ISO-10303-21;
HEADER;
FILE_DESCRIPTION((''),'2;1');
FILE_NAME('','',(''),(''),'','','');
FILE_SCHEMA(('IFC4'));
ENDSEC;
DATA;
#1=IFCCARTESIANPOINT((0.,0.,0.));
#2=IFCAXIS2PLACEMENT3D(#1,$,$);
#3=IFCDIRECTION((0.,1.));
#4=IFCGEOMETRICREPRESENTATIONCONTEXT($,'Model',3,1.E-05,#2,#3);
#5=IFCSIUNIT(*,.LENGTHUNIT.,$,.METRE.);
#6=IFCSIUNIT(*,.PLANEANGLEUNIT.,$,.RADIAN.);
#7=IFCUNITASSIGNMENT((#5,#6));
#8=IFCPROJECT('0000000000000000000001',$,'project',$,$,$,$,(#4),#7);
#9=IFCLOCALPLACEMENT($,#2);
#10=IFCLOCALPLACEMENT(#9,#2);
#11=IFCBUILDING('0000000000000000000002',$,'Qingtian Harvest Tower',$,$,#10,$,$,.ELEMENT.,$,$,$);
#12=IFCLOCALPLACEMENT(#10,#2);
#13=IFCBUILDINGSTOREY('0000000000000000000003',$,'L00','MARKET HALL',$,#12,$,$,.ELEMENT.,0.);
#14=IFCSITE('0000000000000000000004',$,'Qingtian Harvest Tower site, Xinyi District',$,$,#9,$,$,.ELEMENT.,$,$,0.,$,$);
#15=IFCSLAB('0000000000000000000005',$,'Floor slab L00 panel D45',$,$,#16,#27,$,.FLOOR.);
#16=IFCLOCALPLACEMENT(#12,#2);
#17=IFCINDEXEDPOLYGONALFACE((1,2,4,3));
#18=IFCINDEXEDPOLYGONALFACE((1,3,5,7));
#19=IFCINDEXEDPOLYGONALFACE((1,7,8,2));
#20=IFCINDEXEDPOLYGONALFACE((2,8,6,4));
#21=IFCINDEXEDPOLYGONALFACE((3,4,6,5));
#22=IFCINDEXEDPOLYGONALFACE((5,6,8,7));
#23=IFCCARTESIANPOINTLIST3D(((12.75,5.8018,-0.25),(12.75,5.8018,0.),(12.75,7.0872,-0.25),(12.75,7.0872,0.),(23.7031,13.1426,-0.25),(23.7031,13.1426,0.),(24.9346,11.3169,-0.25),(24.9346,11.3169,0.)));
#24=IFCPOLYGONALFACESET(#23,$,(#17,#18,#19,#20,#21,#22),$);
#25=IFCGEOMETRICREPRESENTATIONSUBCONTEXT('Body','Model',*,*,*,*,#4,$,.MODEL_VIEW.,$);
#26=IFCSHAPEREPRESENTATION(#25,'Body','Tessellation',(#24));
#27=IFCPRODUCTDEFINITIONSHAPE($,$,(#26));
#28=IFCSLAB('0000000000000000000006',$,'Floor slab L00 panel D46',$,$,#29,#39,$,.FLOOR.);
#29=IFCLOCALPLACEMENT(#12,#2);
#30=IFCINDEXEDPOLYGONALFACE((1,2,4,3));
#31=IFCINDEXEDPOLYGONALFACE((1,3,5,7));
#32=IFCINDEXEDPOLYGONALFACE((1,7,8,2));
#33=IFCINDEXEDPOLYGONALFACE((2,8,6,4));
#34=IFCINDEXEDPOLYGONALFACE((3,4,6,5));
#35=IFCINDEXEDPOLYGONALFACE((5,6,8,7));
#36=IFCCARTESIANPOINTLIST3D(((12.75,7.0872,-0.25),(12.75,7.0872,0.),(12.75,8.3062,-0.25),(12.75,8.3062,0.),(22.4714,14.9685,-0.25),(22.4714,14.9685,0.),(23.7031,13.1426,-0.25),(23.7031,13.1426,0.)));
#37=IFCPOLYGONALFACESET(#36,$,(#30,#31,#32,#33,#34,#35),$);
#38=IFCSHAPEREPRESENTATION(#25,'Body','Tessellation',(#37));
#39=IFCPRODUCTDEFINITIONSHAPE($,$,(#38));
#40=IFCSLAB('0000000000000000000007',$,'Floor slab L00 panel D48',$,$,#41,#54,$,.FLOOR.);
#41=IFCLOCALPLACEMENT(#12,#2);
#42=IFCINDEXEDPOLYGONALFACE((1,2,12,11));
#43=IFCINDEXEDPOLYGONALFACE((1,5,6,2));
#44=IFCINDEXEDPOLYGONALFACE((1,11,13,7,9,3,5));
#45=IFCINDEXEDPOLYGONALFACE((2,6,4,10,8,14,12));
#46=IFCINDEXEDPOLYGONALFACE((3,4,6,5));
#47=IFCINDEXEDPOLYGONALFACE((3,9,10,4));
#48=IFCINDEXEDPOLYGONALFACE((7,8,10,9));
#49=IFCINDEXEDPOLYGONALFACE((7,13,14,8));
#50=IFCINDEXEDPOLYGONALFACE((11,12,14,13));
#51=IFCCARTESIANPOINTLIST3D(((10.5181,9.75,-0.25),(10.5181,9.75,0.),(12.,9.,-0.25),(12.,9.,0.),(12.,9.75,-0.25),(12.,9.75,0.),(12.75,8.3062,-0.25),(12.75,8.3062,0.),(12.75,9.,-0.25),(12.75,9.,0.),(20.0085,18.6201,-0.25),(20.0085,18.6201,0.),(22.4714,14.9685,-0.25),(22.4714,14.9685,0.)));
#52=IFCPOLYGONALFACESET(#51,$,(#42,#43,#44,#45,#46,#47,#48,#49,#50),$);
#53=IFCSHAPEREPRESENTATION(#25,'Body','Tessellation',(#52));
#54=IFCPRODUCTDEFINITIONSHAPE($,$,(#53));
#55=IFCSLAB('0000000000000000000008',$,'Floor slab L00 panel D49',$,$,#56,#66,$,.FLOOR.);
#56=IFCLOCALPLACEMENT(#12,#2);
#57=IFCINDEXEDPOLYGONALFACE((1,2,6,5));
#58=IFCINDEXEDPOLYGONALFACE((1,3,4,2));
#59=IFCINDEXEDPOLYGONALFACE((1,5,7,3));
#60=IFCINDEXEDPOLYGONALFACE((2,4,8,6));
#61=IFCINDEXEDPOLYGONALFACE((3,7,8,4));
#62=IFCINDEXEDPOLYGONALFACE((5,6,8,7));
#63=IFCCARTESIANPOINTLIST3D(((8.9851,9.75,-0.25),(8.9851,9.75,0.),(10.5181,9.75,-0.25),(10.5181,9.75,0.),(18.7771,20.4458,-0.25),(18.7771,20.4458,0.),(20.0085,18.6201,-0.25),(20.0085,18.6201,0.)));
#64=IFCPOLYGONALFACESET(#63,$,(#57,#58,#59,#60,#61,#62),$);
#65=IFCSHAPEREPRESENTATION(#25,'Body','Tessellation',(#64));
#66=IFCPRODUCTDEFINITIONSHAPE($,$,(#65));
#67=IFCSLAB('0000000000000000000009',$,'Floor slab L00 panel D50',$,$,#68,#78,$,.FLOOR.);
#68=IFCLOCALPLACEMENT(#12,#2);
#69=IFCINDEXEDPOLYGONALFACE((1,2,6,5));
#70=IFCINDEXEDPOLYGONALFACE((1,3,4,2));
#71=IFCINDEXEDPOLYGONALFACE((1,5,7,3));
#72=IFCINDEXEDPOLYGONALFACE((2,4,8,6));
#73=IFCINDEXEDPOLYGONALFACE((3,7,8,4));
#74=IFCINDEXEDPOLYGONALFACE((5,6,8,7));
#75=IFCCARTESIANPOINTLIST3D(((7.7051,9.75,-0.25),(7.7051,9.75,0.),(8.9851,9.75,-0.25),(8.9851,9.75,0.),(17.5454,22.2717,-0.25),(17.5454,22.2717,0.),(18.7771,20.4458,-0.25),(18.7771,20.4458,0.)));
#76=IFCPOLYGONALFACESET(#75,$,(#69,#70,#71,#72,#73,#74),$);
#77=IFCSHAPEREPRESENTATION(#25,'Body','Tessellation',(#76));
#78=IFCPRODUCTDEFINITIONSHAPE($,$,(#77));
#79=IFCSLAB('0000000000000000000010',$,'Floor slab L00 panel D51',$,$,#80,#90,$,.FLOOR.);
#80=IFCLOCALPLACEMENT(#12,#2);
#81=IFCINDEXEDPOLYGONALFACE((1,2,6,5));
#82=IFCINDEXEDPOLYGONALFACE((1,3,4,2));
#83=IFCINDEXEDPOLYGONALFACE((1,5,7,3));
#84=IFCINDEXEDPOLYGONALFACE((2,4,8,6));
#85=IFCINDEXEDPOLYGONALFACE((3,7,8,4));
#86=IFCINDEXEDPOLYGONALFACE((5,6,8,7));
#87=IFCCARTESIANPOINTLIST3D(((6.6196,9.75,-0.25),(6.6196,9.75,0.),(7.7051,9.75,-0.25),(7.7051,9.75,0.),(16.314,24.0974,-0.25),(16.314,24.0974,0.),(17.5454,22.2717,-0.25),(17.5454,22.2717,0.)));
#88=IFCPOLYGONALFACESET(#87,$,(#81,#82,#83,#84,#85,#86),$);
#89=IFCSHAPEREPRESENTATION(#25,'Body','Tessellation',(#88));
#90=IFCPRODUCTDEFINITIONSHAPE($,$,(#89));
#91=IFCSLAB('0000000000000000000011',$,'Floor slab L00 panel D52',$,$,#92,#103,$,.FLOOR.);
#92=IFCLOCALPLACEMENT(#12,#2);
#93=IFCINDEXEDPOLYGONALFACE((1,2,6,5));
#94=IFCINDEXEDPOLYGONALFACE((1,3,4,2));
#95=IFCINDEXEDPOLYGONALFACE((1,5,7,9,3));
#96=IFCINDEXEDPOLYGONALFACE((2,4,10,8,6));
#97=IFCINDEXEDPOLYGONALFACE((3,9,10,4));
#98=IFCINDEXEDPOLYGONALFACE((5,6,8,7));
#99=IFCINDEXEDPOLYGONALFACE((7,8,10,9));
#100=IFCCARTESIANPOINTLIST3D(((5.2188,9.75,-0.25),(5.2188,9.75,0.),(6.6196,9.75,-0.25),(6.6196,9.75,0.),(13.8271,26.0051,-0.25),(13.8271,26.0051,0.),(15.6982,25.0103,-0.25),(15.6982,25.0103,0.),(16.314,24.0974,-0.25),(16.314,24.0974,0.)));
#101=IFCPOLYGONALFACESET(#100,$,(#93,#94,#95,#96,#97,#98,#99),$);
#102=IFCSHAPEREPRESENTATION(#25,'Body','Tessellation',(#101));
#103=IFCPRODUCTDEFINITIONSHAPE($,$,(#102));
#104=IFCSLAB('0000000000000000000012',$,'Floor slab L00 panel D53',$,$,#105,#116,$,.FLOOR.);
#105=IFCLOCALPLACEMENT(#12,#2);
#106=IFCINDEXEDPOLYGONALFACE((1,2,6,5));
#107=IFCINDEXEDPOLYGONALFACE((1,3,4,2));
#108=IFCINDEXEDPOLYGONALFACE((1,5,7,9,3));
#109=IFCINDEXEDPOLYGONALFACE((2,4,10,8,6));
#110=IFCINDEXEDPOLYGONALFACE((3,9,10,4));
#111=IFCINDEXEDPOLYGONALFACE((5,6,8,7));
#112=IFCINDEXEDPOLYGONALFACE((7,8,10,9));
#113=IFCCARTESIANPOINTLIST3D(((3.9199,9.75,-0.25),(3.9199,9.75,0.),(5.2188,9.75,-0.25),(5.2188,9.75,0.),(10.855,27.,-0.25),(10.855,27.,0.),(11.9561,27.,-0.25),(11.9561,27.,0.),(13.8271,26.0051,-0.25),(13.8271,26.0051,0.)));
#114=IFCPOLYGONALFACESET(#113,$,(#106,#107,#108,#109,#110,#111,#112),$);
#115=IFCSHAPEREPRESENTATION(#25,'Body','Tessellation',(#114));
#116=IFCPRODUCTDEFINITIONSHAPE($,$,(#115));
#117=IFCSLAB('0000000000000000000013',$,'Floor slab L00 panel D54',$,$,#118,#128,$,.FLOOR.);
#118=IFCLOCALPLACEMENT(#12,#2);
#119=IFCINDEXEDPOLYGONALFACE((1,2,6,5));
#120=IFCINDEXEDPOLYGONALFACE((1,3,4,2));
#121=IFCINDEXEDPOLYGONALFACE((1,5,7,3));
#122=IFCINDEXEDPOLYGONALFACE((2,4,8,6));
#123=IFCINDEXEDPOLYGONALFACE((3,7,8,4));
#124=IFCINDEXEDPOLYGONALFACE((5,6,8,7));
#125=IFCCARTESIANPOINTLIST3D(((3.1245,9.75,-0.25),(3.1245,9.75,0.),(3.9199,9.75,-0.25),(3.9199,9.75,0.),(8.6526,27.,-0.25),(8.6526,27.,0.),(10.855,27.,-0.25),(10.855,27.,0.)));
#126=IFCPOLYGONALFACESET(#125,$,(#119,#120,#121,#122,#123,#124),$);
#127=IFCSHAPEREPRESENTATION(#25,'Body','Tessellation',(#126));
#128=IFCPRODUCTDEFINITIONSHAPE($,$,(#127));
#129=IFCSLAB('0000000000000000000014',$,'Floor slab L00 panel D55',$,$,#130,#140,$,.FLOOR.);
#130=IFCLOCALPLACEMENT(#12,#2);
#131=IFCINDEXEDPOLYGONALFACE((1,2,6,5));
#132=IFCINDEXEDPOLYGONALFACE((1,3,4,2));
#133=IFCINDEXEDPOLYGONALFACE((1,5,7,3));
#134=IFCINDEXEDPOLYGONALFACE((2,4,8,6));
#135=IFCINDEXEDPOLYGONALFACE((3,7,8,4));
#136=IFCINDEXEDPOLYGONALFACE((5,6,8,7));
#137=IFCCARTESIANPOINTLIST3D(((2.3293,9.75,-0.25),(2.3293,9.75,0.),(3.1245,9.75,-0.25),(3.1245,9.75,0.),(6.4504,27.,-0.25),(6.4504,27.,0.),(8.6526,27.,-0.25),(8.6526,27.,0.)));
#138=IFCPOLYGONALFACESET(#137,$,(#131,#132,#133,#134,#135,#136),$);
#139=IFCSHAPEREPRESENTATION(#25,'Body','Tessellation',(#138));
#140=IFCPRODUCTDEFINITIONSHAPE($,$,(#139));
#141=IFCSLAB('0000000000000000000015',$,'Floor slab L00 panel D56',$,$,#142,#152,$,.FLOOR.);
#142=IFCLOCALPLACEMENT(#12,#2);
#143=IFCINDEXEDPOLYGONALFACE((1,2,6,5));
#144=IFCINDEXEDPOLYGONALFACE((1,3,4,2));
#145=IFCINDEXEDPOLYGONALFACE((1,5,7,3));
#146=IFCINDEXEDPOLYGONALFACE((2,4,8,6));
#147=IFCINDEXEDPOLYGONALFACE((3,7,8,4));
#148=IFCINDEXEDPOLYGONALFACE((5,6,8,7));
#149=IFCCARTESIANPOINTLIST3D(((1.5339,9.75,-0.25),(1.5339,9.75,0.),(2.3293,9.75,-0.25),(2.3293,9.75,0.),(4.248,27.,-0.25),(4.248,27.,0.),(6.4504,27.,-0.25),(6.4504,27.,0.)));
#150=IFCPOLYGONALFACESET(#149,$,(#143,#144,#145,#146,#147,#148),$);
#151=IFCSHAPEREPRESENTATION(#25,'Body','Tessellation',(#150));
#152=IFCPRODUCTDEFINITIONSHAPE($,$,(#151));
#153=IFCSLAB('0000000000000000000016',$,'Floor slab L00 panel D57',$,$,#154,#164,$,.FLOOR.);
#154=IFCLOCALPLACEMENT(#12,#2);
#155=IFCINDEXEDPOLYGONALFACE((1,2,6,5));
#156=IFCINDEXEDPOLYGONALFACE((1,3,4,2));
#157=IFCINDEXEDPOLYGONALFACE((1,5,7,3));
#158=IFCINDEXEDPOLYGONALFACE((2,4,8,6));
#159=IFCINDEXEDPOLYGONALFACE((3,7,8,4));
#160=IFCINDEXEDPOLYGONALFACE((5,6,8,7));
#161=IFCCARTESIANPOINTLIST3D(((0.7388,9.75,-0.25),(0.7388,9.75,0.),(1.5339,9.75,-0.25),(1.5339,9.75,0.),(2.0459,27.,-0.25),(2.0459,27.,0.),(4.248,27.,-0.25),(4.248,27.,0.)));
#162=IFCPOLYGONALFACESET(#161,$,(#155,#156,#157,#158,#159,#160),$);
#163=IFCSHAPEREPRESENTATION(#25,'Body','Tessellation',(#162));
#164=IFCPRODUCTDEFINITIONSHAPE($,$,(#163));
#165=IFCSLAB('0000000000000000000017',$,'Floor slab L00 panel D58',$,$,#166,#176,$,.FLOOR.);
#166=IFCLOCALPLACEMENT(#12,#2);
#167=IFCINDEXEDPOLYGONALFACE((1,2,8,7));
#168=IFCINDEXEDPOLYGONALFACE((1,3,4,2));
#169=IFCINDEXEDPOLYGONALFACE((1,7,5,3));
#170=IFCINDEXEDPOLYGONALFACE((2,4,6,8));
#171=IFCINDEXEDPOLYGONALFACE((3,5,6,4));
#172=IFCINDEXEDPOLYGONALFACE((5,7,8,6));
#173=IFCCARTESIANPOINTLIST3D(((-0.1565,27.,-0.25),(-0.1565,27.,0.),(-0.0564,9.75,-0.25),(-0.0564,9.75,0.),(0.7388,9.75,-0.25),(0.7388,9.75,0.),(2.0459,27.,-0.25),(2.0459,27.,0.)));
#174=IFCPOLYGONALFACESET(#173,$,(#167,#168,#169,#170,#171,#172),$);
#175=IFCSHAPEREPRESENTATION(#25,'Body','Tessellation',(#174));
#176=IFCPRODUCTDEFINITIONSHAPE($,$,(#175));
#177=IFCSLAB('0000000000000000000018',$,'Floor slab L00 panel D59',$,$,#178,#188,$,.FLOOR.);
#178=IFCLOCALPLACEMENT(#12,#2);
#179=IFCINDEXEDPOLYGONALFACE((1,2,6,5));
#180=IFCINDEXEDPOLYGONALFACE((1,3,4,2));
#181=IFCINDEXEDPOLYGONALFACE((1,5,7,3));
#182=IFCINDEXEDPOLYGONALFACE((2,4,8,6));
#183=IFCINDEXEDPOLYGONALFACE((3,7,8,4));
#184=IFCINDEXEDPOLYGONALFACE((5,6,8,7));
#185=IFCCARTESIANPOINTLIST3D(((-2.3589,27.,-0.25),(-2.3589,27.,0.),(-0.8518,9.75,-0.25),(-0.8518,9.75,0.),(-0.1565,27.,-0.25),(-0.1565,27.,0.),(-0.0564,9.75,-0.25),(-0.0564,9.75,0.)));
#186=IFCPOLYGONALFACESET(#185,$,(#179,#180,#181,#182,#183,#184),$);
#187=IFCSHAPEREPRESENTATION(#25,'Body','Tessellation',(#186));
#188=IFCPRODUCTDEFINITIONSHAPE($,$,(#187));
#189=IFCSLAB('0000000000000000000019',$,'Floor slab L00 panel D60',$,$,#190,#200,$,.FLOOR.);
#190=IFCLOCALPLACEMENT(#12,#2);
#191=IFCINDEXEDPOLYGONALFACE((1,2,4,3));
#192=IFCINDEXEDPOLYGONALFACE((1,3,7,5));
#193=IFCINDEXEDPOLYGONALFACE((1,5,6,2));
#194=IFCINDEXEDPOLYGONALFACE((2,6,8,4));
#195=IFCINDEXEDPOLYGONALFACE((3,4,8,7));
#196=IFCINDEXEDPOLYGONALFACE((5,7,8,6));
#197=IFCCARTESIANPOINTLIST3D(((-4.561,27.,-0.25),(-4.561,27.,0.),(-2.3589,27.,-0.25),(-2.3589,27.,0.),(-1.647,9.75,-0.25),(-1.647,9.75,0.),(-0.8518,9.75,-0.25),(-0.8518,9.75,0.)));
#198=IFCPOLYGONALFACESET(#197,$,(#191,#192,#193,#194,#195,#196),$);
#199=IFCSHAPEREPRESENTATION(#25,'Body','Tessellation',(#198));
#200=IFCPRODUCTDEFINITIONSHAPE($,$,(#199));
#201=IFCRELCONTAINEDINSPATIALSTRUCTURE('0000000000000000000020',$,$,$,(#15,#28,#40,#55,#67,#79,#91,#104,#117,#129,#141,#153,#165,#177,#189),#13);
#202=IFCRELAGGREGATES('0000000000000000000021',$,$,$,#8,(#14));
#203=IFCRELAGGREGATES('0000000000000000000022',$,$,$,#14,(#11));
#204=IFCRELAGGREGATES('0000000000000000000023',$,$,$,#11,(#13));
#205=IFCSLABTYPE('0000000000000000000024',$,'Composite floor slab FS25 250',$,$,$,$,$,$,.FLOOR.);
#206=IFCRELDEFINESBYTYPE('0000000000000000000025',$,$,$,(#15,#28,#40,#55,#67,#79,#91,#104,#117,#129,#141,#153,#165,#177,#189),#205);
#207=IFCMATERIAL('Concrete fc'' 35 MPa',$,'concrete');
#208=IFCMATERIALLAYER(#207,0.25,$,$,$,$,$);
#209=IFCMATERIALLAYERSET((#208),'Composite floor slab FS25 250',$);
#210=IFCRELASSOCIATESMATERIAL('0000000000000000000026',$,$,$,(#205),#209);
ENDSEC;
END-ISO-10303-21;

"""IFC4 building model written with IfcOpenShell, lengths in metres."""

from ifc_helpers import new_model, si_unit, direction, frame, origin, place, context, subcontext, project, spatial, polyline, outline, extrude, material, layer, layer_set, type_object, element, save


model = new_model("IFC4")

# Units and contexts
model_context = context("Model", 3, precision=1e-05, world=origin(), true_north=direction((0.0, 1.0)))
body_context = subcontext(model_context, "Body", "Model", "MODEL_VIEW")
ifc_project = project(units=[si_unit("LENGTHUNIT", "METRE"), si_unit("PLANEANGLEUNIT", "RADIAN")], contexts=[model_context])

# Site, building, storey
site_placement = place(None, origin())
site = spatial("IfcSite", under=ifc_project, at=site_placement, Name="Qingtian Harvest Tower site, Xinyi District", CompositionType="ELEMENT", RefElevation=0.0)
building_placement = place(site_placement, origin())
building = spatial("IfcBuilding", under=site, at=building_placement, Name="Qingtian Harvest Tower", CompositionType="ELEMENT")
storey_placement = place(building_placement, origin())
storey = spatial("IfcBuildingStorey", under=building, at=storey_placement, Name="L00", Description="MARKET HALL", CompositionType="ELEMENT", Elevation=0.0)

# Slabs
ifc_material = material(Name="Concrete fc' 35 MPa", Category="concrete")
ifc_layer = layer(ifc_material, 0.25)
ifc_layer_set = layer_set([ifc_layer], Name="Composite floor slab FS25 250")
slab_type = type_object("IfcSlabType", Name="Composite floor slab FS25 250", PredefinedType="FLOOR", material=ifc_layer_set)
slab_1_placement = place(storey_placement, frame((0.0, 0.0, -0.25)))
element("IfcSlab", 1, at=slab_1_placement, inside=storey, type_object=slab_type, Name="Floor slab L00 panel D45", PredefinedType="FLOOR", context=body_context, shape_type="SweptSolid", body=[
    extrude(outline(polyline([(12.75, 7.0872), (23.7031, 13.1426), (24.9346, 11.3169), (12.75, 5.8018), (12.75, 7.0872)])), origin(), (0.0, 0.0, 1.0), 0.25),
])
slab_2_placement = place(storey_placement, frame((0.0, 0.0, -0.25)))
element("IfcSlab", 2, at=slab_2_placement, inside=storey, type_object=slab_type, Name="Floor slab L00 panel D46", PredefinedType="FLOOR", context=body_context, shape_type="SweptSolid", body=[
    extrude(outline(polyline([(12.75, 8.3062), (22.4714, 14.9685), (23.7031, 13.1426), (12.75, 7.0872), (12.75, 8.3062)])), origin(), (0.0, 0.0, 1.0), 0.25),
])
slab_3_placement = place(storey_placement, frame((0.0, 0.0, -0.25)))
element("IfcSlab", 3, at=slab_3_placement, inside=storey, type_object=slab_type, Name="Floor slab L00 panel D48", PredefinedType="FLOOR", context=body_context, shape_type="SweptSolid", body=[
    extrude(outline(polyline([(20.0085, 18.6201), (22.4714, 14.9685), (12.75, 8.3062), (12.75, 9.0), (12.0, 9.0), (12.0, 9.75), (10.5181, 9.75), (20.0085, 18.6201)])), origin(), (0.0, 0.0, 1.0), 0.25),
])
slab_4_placement = place(storey_placement, frame((0.0, 0.0, -0.25)))
element("IfcSlab", 4, at=slab_4_placement, inside=storey, type_object=slab_type, Name="Floor slab L00 panel D49", PredefinedType="FLOOR", context=body_context, shape_type="SweptSolid", body=[
    extrude(outline(polyline([(8.9851, 9.75), (18.7771, 20.4458), (20.0085, 18.6201), (10.5181, 9.75), (8.9851, 9.75)])), origin(), (0.0, 0.0, 1.0), 0.25),
])
slab_5_placement = place(storey_placement, frame((0.0, 0.0, -0.25)))
element("IfcSlab", 5, at=slab_5_placement, inside=storey, type_object=slab_type, Name="Floor slab L00 panel D50", PredefinedType="FLOOR", context=body_context, shape_type="SweptSolid", body=[
    extrude(outline(polyline([(7.7051, 9.75), (17.5454, 22.2717), (18.7771, 20.4458), (8.9851, 9.75), (7.7051, 9.75)])), origin(), (0.0, 0.0, 1.0), 0.25),
])
slab_6_placement = place(storey_placement, frame((0.0, 0.0, -0.25)))
element("IfcSlab", 6, at=slab_6_placement, inside=storey, type_object=slab_type, Name="Floor slab L00 panel D51", PredefinedType="FLOOR", context=body_context, shape_type="SweptSolid", body=[
    extrude(outline(polyline([(6.6196, 9.75), (16.314, 24.0974), (17.5454, 22.2717), (7.7051, 9.75), (6.6196, 9.75)])), origin(), (0.0, 0.0, 1.0), 0.25),
])
slab_7_placement = place(storey_placement, frame((0.0, 0.0, -0.25)))
element("IfcSlab", 7, at=slab_7_placement, inside=storey, type_object=slab_type, Name="Floor slab L00 panel D52", PredefinedType="FLOOR", context=body_context, shape_type="SweptSolid", body=[
    extrude(outline(polyline([(6.6196, 9.75), (5.2188, 9.75), (13.8271, 26.0051), (15.6982, 25.0103), (16.314, 24.0974), (6.6196, 9.75)])), origin(), (0.0, 0.0, 1.0), 0.25),
])
slab_8_placement = place(storey_placement, frame((0.0, 0.0, -0.25)))
element("IfcSlab", 8, at=slab_8_placement, inside=storey, type_object=slab_type, Name="Floor slab L00 panel D53", PredefinedType="FLOOR", context=body_context, shape_type="SweptSolid", body=[
    extrude(outline(polyline([(3.9199, 9.75), (10.855, 27.0), (11.9561, 27.0), (13.8271, 26.0051), (5.2188, 9.75), (3.9199, 9.75)])), origin(), (0.0, 0.0, 1.0), 0.25),
])
slab_9_placement = place(storey_placement, frame((0.0, 0.0, -0.25)))
element("IfcSlab", 9, at=slab_9_placement, inside=storey, type_object=slab_type, Name="Floor slab L00 panel D54", PredefinedType="FLOOR", context=body_context, shape_type="SweptSolid", body=[
    extrude(outline(polyline([(3.1245, 9.75), (8.6526, 27.0), (10.855, 27.0), (3.9199, 9.75), (3.1245, 9.75)])), origin(), (0.0, 0.0, 1.0), 0.25),
])
slab_10_placement = place(storey_placement, frame((0.0, 0.0, -0.25)))
element("IfcSlab", 10, at=slab_10_placement, inside=storey, type_object=slab_type, Name="Floor slab L00 panel D55", PredefinedType="FLOOR", context=body_context, shape_type="SweptSolid", body=[
    extrude(outline(polyline([(2.3293, 9.75), (6.4504, 27.0), (8.6526, 27.0), (3.1245, 9.75), (2.3293, 9.75)])), origin(), (0.0, 0.0, 1.0), 0.25),
])
slab_11_placement = place(storey_placement, frame((0.0, 0.0, -0.25)))
element("IfcSlab", 11, at=slab_11_placement, inside=storey, type_object=slab_type, Name="Floor slab L00 panel D56", PredefinedType="FLOOR", context=body_context, shape_type="SweptSolid", body=[
    extrude(outline(polyline([(1.5339, 9.75), (4.248, 27.0), (6.4504, 27.0), (2.3293, 9.75), (1.5339, 9.75)])), origin(), (0.0, 0.0, 1.0), 0.25),
])
slab_12_placement = place(storey_placement, frame((0.0, 0.0, -0.25)))
element("IfcSlab", 12, at=slab_12_placement, inside=storey, type_object=slab_type, Name="Floor slab L00 panel D57", PredefinedType="FLOOR", context=body_context, shape_type="SweptSolid", body=[
    extrude(outline(polyline([(0.7388, 9.75), (2.0459, 27.0), (4.248, 27.0), (1.5339, 9.75), (0.7388, 9.75)])), origin(), (0.0, 0.0, 1.0), 0.25),
])
slab_13_placement = place(storey_placement, frame((0.0, 0.0, -0.25)))
element("IfcSlab", 13, at=slab_13_placement, inside=storey, type_object=slab_type, Name="Floor slab L00 panel D58", PredefinedType="FLOOR", context=body_context, shape_type="SweptSolid", body=[
    extrude(outline(polyline([(-0.0564, 9.75), (-0.1565, 27.0), (2.0459, 27.0), (0.7388, 9.75), (-0.0564, 9.75)])), origin(), (0.0, 0.0, 1.0), 0.25),
])
slab_14_placement = place(storey_placement, frame((0.0, 0.0, -0.25)))
element("IfcSlab", 14, at=slab_14_placement, inside=storey, type_object=slab_type, Name="Floor slab L00 panel D59", PredefinedType="FLOOR", context=body_context, shape_type="SweptSolid", body=[
    extrude(outline(polyline([(-0.8518, 9.75), (-2.3589, 27.0), (-0.1565, 27.0), (-0.0564, 9.75), (-0.8518, 9.75)])), origin(), (0.0, 0.0, 1.0), 0.25),
])
slab_15_placement = place(storey_placement, frame((0.0, 0.0, -0.25)))
element("IfcSlab", 15, at=slab_15_placement, inside=storey, type_object=slab_type, Name="Floor slab L00 panel D60", PredefinedType="FLOOR", context=body_context, shape_type="SweptSolid", body=[
    extrude(outline(polyline([(-1.647, 9.75), (-4.561, 27.0), (-2.3589, 27.0), (-0.8518, 9.75), (-1.647, 9.75)])), origin(), (0.0, 0.0, 1.0), 0.25),
])

save(model, "model.ifc")
